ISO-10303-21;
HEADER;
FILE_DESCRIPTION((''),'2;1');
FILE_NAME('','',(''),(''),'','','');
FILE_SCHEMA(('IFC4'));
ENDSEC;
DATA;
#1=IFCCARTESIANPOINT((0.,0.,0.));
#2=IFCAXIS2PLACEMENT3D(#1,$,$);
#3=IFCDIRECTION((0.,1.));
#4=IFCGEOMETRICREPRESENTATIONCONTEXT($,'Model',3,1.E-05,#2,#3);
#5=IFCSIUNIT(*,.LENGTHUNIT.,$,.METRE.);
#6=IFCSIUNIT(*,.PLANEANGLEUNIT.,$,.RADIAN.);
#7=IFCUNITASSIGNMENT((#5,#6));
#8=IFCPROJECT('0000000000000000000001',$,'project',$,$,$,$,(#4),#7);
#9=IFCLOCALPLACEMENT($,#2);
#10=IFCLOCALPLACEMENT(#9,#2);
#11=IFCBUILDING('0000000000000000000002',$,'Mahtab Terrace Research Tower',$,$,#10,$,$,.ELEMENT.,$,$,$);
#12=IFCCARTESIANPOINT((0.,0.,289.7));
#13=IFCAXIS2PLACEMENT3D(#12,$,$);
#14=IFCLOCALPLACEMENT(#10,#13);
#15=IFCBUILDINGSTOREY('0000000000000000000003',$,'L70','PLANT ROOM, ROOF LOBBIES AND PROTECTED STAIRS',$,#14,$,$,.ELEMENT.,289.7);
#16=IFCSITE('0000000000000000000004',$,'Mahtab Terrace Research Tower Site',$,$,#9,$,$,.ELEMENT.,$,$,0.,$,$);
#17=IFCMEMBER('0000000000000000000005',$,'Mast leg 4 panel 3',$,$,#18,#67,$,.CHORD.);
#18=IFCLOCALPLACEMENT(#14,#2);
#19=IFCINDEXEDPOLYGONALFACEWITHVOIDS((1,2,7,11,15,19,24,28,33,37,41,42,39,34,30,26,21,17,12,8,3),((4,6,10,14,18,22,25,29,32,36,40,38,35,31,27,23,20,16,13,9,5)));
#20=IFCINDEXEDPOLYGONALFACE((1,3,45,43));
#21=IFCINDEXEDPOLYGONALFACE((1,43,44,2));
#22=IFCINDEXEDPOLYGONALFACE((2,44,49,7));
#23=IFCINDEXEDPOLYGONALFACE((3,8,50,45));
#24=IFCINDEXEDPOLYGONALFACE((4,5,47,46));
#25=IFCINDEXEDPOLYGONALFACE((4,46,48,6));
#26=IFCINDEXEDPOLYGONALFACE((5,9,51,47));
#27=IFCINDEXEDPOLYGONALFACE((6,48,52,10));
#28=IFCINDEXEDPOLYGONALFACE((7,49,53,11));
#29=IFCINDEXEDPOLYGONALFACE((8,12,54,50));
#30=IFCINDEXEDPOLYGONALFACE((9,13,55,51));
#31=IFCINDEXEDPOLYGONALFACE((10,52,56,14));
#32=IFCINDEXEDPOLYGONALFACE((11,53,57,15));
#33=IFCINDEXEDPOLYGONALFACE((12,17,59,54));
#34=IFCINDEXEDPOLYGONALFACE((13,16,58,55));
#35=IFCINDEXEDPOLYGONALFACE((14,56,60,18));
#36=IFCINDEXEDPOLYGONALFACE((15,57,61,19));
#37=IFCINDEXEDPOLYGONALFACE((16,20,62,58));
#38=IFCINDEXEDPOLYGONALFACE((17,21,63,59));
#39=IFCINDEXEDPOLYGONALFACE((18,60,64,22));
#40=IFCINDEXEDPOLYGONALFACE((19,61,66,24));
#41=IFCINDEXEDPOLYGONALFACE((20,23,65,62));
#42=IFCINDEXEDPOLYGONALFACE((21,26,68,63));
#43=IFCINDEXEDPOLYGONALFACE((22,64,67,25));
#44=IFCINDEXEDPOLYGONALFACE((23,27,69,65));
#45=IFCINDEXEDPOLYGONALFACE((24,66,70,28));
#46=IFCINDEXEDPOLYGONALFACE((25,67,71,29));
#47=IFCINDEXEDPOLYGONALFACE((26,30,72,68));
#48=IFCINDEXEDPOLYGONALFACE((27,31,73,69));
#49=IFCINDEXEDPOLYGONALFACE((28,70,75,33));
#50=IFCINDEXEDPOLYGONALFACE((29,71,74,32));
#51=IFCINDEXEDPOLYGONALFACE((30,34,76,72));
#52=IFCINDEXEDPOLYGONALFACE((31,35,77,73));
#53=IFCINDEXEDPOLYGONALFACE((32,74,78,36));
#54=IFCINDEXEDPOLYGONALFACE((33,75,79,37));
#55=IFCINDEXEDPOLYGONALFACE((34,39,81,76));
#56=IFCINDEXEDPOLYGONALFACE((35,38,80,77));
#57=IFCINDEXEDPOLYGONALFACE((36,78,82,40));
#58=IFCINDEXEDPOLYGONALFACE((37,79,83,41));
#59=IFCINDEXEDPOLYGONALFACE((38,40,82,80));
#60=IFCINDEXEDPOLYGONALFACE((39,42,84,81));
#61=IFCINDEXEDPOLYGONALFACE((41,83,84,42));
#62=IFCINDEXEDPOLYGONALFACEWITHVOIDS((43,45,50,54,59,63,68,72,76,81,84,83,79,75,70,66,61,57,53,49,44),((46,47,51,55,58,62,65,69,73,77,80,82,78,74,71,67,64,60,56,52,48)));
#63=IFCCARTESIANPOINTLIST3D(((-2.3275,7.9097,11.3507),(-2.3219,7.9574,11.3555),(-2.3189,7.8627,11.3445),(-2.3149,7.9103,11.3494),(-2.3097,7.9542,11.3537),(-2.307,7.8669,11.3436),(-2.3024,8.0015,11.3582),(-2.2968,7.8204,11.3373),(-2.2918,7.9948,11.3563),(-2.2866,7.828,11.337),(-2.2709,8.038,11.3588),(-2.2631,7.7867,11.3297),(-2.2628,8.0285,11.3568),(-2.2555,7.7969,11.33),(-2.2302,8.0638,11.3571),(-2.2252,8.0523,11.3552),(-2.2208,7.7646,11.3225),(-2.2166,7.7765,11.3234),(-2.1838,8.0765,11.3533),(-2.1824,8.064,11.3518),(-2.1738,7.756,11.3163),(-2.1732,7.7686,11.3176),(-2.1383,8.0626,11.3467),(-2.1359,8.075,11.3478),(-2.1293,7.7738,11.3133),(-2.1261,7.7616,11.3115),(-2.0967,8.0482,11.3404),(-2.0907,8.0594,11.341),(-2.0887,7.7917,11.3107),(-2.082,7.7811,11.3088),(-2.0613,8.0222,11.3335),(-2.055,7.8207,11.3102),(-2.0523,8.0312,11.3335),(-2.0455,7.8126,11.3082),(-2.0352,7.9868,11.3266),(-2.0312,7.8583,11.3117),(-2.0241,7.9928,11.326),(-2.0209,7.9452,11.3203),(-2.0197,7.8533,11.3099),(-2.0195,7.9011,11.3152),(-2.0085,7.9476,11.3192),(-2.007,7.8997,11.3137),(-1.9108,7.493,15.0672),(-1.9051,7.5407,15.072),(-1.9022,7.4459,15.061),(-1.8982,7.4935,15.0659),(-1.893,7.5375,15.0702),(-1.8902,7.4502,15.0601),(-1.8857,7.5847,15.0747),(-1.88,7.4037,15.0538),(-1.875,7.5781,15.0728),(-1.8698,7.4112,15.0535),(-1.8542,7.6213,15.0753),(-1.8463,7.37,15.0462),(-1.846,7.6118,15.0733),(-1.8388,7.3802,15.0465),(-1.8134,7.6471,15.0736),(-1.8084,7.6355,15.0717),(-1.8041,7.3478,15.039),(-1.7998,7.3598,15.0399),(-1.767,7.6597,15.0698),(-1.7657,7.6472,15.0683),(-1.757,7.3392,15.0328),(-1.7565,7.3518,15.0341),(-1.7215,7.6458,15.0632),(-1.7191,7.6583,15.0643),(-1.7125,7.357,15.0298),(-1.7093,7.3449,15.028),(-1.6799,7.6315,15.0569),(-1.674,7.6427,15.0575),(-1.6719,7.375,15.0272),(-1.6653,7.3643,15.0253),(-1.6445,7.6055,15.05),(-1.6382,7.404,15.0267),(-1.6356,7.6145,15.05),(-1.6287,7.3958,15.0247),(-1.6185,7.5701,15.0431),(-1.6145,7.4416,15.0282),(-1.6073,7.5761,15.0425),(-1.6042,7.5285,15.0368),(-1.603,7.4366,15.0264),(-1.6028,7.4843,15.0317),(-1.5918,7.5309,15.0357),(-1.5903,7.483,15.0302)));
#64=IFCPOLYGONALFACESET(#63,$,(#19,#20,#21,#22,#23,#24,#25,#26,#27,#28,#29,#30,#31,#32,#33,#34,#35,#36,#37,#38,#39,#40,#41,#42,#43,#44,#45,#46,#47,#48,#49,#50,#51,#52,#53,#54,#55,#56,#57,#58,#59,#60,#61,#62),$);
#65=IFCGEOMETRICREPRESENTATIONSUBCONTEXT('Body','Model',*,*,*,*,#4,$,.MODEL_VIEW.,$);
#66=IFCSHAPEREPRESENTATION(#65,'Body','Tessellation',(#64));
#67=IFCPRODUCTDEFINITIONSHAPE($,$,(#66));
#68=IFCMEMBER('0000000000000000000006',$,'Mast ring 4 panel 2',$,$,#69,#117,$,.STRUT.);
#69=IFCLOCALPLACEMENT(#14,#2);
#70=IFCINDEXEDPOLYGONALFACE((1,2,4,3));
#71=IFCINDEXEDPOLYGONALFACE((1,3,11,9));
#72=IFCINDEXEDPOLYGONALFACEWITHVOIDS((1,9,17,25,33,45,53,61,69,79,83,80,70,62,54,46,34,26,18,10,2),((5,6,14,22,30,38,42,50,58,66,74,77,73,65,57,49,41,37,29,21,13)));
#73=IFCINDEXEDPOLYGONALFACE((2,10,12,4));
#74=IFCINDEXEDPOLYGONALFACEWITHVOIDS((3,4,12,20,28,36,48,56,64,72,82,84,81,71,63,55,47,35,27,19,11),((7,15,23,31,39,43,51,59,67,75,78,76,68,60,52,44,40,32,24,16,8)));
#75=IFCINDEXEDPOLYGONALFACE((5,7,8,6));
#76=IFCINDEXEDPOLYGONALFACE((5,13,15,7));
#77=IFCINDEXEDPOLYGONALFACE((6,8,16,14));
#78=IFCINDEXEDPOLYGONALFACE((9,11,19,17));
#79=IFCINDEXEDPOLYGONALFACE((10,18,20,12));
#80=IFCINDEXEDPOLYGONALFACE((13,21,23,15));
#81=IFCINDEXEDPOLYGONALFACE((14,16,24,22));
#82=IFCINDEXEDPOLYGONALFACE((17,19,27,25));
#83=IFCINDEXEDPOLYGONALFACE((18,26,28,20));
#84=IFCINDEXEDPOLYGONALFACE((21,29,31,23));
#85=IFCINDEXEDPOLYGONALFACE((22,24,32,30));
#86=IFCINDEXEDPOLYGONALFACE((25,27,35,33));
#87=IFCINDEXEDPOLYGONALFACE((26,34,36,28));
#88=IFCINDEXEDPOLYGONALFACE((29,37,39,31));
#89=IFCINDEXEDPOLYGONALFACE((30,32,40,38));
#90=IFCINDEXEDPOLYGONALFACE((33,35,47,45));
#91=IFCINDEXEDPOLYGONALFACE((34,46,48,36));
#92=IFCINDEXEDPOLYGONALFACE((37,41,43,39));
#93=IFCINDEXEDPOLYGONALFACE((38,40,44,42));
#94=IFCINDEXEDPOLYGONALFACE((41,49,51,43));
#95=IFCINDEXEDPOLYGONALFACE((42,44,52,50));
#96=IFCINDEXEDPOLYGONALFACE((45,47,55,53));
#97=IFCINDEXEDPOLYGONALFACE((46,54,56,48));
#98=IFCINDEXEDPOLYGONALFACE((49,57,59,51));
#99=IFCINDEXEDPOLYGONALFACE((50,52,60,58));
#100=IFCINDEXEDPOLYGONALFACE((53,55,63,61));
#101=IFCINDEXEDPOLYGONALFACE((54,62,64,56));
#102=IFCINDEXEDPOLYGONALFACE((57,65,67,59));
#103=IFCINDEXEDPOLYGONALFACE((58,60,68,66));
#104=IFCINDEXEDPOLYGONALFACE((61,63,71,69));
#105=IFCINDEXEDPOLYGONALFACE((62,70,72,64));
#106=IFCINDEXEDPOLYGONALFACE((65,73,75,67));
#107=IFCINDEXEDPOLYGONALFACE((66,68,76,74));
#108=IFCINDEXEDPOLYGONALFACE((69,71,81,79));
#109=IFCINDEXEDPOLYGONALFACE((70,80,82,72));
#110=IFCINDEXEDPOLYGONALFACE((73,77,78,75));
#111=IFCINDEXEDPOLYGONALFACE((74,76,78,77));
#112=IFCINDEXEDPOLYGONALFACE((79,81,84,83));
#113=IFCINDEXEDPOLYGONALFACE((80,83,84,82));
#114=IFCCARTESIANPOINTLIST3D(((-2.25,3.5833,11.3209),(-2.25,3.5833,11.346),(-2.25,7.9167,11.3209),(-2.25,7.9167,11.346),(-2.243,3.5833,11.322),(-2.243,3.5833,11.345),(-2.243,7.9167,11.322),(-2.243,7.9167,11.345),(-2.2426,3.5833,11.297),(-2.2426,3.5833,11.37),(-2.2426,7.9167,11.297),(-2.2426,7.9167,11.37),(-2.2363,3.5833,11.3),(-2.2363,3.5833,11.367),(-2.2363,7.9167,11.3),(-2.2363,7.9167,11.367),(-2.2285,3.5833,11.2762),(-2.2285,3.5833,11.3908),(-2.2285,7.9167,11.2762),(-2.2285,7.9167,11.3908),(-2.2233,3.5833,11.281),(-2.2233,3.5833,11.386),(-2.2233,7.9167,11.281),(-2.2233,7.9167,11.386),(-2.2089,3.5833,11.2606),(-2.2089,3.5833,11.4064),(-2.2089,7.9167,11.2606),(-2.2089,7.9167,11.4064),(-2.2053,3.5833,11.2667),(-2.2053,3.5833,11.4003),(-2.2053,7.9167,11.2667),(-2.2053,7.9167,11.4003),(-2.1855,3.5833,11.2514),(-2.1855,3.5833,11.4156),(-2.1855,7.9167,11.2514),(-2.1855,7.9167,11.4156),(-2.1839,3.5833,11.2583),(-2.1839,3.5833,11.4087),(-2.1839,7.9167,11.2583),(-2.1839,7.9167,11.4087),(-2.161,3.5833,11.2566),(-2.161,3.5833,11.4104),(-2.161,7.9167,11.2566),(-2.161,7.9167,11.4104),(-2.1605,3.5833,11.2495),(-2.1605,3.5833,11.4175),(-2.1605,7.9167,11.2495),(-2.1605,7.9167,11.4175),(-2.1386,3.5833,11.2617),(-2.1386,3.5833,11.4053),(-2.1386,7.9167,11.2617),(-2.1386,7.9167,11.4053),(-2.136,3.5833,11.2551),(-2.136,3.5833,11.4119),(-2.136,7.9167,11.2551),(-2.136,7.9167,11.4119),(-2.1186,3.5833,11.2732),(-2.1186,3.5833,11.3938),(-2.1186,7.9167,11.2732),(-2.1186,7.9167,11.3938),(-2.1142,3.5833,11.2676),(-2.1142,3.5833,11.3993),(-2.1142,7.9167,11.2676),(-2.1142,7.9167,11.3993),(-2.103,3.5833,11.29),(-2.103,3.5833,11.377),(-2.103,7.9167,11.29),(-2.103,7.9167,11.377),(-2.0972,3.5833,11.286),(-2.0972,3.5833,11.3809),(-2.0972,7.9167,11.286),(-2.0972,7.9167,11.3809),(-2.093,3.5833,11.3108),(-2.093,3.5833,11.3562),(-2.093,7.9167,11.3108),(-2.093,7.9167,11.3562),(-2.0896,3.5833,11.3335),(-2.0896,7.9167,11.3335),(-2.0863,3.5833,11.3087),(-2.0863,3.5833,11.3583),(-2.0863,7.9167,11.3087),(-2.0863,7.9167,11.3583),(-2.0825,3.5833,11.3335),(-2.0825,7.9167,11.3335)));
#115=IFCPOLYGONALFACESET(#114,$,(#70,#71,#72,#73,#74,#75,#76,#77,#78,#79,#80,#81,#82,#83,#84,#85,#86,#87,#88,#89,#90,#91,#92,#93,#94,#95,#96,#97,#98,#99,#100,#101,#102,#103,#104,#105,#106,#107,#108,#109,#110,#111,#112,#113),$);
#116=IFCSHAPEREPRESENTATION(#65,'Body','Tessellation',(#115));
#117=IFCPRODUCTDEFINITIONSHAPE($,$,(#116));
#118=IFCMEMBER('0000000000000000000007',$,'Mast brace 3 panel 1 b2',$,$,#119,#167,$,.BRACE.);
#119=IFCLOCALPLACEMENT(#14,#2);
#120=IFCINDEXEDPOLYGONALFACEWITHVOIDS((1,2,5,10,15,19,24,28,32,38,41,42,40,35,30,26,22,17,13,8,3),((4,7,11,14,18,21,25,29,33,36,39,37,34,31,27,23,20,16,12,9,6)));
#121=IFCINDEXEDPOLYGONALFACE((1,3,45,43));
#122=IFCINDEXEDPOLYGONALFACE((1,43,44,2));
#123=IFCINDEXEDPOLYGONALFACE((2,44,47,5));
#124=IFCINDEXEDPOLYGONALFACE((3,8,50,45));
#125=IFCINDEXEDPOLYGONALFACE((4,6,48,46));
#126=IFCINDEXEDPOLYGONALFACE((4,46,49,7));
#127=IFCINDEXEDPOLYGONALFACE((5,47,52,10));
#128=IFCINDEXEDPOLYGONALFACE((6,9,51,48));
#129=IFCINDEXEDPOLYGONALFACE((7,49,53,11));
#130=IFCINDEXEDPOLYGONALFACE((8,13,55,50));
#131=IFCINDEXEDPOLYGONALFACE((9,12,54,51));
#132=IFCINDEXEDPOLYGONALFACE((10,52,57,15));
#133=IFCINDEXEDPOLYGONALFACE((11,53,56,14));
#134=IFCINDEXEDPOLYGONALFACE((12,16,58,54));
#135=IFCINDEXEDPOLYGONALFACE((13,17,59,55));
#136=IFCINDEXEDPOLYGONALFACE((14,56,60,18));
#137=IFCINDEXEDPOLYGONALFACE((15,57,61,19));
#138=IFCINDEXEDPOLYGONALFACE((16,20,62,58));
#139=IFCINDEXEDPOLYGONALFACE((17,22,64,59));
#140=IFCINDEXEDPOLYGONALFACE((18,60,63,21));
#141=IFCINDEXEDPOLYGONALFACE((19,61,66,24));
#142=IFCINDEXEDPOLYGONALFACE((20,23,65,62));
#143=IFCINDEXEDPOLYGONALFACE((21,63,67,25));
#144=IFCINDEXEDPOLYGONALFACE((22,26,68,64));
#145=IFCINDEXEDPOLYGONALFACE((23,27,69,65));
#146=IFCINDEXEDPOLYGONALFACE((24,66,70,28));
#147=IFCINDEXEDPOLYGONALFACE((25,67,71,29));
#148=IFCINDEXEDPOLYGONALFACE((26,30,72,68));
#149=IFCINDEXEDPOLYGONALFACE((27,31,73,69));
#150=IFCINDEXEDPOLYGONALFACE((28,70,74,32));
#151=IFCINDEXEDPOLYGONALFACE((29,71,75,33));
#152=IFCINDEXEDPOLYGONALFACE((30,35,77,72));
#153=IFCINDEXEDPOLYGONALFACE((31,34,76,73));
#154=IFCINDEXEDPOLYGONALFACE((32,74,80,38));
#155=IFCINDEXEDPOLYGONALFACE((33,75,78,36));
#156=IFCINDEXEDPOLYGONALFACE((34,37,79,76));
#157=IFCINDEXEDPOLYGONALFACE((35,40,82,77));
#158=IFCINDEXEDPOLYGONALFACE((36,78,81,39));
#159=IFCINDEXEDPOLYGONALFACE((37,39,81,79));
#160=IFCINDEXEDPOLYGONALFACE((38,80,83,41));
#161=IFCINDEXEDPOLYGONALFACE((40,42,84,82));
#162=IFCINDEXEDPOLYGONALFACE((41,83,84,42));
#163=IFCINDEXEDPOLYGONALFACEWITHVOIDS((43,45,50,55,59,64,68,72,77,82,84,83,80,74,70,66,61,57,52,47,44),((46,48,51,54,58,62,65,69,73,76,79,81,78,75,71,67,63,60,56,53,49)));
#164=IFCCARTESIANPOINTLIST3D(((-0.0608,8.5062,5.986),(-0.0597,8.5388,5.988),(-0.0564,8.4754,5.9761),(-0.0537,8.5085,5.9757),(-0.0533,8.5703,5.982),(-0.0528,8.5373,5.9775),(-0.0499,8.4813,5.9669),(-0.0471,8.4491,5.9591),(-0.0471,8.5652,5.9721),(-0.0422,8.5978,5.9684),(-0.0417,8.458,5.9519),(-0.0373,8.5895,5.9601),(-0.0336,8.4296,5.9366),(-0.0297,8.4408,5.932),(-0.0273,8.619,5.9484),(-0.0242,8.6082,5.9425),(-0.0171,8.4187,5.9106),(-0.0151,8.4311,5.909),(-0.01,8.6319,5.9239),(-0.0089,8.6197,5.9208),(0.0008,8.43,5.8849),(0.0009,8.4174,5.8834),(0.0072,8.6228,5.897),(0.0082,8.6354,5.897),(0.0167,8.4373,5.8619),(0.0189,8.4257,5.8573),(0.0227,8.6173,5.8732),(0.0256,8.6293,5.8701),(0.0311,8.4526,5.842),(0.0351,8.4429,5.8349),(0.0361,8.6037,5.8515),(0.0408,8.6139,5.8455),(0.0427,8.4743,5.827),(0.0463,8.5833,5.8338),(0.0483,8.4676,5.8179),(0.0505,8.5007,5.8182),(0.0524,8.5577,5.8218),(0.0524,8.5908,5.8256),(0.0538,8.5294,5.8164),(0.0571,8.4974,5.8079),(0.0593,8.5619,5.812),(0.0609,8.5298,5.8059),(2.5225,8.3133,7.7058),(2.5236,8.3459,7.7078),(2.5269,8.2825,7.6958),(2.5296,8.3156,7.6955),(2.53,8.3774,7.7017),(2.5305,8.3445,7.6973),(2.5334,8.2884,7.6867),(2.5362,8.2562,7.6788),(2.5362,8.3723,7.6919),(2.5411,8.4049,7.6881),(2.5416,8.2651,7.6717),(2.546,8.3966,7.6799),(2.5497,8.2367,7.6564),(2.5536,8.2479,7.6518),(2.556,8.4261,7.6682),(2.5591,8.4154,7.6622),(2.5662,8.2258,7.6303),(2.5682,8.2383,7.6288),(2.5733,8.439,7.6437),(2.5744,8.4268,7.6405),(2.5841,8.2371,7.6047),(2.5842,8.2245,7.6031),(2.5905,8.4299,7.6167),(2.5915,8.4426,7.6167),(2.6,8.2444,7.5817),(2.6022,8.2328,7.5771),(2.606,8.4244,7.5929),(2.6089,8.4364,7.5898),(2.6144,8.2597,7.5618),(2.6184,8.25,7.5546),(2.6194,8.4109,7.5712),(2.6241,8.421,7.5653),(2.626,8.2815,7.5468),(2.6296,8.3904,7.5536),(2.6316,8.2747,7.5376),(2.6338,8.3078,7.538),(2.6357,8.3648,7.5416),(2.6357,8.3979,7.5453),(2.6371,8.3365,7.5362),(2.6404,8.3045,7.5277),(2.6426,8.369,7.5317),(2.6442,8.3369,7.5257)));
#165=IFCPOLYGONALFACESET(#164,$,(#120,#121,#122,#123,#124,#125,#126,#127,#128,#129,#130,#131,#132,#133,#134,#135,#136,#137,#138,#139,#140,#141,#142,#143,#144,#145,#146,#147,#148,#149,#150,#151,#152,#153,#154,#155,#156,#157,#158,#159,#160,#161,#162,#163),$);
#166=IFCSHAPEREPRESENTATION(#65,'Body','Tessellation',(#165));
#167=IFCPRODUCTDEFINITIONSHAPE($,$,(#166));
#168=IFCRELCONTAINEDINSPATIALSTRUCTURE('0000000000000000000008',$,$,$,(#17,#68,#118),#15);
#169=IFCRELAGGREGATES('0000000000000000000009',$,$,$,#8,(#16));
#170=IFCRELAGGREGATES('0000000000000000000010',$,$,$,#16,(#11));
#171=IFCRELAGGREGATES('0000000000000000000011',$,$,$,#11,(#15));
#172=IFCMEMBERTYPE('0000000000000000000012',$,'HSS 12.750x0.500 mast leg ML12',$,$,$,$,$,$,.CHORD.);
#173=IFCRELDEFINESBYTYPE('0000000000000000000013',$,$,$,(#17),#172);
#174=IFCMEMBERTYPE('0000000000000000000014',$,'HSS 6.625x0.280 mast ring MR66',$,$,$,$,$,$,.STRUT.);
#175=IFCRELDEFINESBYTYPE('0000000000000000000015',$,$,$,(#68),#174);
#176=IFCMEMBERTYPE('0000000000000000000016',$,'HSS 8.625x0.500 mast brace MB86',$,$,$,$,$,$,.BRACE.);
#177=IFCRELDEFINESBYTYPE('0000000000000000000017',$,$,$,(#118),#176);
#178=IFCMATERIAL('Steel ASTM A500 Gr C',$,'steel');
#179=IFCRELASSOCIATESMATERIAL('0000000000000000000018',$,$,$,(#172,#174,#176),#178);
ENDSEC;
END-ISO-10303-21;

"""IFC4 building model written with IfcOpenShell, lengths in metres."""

from ifc_helpers import new_model, si_unit, direction, frame, origin, origin_2d, place, context, subcontext, project, spatial, hollow_circle, extrude, material, material_profile, profile_set, type_object, element, save


model = new_model("IFC4")

# Units and contexts
model_context = context("Model", 3, precision=1e-05, world=origin(), true_north=direction((0.0, 1.0)))
body_context = subcontext(model_context, "Body", "Model", "MODEL_VIEW")
ifc_project = project(units=[si_unit("LENGTHUNIT", "METRE"), si_unit("PLANEANGLEUNIT", "RADIAN")], contexts=[model_context])

# Site, building, storey
site_placement = place(None, origin())
site = spatial("IfcSite", under=ifc_project, at=site_placement, Name="Mahtab Terrace Research Tower Site", CompositionType="ELEMENT", RefElevation=0.0)
building_placement = place(site_placement, origin())
building = spatial("IfcBuilding", under=site, at=building_placement, Name="Mahtab Terrace Research Tower", CompositionType="ELEMENT")
storey_placement = place(building_placement, frame((0.0, 0.0, 289.7)))
storey = spatial("IfcBuildingStorey", under=building, at=storey_placement, Name="L70", Description="PLANT ROOM, ROOF LOBBIES AND PROTECTED STAIRS", CompositionType="ELEMENT", Elevation=289.7)

# Members
ifc_material_1 = material(Name="Steel ASTM A500 Gr C", Category="steel")
ifc_material_profile_1 = material_profile(ifc_material_1, hollow_circle(Radius=0.1619, WallThickness=0.0127, at=origin_2d()), Name="HSS12.750X0.500")
ifc_profile_set_1 = profile_set([ifc_material_profile_1], Name="Steel ASTM A500 Gr C")
member_type_1 = type_object("IfcMemberType", Name="HSS 12.750x0.500 mast leg ML12", PredefinedType="CHORD", material=ifc_profile_set_1)
member_1_placement = place(storey_placement, frame((-2.1667, 7.9167, 11.3335), z_axis=(0.110749, -0.110749, 0.987658), x_axis=(0.707107, 0.707107, 0.0)))
element("IfcMember", 1, at=member_1_placement, inside=storey, type_object=member_type_1, Name="Mast leg 4 panel 3", PredefinedType="CHORD", context=body_context, shape_type="SweptSolid", body=[
    extrude(hollow_circle(Radius=0.1619, WallThickness=0.0127, at=origin_2d()), origin(), (0.0, 0.0, 1.0), 3.7629),
])
ifc_material_profile_2 = material_profile(ifc_material_1, hollow_circle(Radius=0.0842, WallThickness=0.0071, at=origin_2d()), Name="HSS6.625X0.280")
ifc_profile_set_2 = profile_set([ifc_material_profile_2], Name="Steel ASTM A500 Gr C")
member_type_2 = type_object("IfcMemberType", Name="HSS 6.625x0.280 mast ring MR66", PredefinedType="STRUT", material=ifc_profile_set_2)
member_2_placement = place(storey_placement, frame((-2.1667, 7.9167, 11.3335), z_axis=(0.0, -1.0, 0.0), x_axis=(1.0, 0.0, 0.0)))
element("IfcMember", 2, at=member_2_placement, inside=storey, type_object=member_type_2, Name="Mast ring 4 panel 2", PredefinedType="STRUT", context=body_context, shape_type="SweptSolid", body=[
    extrude(hollow_circle(Radius=0.0842, WallThickness=0.0071, at=origin_2d()), origin(), (0.0, 0.0, 1.0), 4.3335),
])
ifc_material_profile_3 = material_profile(ifc_material_1, hollow_circle(Radius=0.1096, WallThickness=0.0127, at=origin_2d()), Name="HSS8.625X0.500")
ifc_profile_set_3 = profile_set([ifc_material_profile_3], Name="Steel ASTM A500 Gr C")
member_type_3 = type_object("IfcMemberType", Name="HSS 8.625x0.500 mast brace MB86", PredefinedType="BRACE", material=ifc_profile_set_3)
member_3_placement = place(storey_placement, frame((0.0, 8.5261, 5.897), z_axis=(0.83081, -0.06203, 0.553088), x_axis=(0.074455, 0.997224, 0.0)))
element("IfcMember", 3, at=member_3_placement, inside=storey, type_object=member_type_3, Name="Mast brace 3 panel 1 b2", PredefinedType="BRACE", context=body_context, shape_type="SweptSolid", body=[
    extrude(hollow_circle(Radius=0.1096, WallThickness=0.0127, at=origin_2d()), origin(), (0.0, 0.0, 1.0), 3.1094),
])

save(model, "model.ifc")
